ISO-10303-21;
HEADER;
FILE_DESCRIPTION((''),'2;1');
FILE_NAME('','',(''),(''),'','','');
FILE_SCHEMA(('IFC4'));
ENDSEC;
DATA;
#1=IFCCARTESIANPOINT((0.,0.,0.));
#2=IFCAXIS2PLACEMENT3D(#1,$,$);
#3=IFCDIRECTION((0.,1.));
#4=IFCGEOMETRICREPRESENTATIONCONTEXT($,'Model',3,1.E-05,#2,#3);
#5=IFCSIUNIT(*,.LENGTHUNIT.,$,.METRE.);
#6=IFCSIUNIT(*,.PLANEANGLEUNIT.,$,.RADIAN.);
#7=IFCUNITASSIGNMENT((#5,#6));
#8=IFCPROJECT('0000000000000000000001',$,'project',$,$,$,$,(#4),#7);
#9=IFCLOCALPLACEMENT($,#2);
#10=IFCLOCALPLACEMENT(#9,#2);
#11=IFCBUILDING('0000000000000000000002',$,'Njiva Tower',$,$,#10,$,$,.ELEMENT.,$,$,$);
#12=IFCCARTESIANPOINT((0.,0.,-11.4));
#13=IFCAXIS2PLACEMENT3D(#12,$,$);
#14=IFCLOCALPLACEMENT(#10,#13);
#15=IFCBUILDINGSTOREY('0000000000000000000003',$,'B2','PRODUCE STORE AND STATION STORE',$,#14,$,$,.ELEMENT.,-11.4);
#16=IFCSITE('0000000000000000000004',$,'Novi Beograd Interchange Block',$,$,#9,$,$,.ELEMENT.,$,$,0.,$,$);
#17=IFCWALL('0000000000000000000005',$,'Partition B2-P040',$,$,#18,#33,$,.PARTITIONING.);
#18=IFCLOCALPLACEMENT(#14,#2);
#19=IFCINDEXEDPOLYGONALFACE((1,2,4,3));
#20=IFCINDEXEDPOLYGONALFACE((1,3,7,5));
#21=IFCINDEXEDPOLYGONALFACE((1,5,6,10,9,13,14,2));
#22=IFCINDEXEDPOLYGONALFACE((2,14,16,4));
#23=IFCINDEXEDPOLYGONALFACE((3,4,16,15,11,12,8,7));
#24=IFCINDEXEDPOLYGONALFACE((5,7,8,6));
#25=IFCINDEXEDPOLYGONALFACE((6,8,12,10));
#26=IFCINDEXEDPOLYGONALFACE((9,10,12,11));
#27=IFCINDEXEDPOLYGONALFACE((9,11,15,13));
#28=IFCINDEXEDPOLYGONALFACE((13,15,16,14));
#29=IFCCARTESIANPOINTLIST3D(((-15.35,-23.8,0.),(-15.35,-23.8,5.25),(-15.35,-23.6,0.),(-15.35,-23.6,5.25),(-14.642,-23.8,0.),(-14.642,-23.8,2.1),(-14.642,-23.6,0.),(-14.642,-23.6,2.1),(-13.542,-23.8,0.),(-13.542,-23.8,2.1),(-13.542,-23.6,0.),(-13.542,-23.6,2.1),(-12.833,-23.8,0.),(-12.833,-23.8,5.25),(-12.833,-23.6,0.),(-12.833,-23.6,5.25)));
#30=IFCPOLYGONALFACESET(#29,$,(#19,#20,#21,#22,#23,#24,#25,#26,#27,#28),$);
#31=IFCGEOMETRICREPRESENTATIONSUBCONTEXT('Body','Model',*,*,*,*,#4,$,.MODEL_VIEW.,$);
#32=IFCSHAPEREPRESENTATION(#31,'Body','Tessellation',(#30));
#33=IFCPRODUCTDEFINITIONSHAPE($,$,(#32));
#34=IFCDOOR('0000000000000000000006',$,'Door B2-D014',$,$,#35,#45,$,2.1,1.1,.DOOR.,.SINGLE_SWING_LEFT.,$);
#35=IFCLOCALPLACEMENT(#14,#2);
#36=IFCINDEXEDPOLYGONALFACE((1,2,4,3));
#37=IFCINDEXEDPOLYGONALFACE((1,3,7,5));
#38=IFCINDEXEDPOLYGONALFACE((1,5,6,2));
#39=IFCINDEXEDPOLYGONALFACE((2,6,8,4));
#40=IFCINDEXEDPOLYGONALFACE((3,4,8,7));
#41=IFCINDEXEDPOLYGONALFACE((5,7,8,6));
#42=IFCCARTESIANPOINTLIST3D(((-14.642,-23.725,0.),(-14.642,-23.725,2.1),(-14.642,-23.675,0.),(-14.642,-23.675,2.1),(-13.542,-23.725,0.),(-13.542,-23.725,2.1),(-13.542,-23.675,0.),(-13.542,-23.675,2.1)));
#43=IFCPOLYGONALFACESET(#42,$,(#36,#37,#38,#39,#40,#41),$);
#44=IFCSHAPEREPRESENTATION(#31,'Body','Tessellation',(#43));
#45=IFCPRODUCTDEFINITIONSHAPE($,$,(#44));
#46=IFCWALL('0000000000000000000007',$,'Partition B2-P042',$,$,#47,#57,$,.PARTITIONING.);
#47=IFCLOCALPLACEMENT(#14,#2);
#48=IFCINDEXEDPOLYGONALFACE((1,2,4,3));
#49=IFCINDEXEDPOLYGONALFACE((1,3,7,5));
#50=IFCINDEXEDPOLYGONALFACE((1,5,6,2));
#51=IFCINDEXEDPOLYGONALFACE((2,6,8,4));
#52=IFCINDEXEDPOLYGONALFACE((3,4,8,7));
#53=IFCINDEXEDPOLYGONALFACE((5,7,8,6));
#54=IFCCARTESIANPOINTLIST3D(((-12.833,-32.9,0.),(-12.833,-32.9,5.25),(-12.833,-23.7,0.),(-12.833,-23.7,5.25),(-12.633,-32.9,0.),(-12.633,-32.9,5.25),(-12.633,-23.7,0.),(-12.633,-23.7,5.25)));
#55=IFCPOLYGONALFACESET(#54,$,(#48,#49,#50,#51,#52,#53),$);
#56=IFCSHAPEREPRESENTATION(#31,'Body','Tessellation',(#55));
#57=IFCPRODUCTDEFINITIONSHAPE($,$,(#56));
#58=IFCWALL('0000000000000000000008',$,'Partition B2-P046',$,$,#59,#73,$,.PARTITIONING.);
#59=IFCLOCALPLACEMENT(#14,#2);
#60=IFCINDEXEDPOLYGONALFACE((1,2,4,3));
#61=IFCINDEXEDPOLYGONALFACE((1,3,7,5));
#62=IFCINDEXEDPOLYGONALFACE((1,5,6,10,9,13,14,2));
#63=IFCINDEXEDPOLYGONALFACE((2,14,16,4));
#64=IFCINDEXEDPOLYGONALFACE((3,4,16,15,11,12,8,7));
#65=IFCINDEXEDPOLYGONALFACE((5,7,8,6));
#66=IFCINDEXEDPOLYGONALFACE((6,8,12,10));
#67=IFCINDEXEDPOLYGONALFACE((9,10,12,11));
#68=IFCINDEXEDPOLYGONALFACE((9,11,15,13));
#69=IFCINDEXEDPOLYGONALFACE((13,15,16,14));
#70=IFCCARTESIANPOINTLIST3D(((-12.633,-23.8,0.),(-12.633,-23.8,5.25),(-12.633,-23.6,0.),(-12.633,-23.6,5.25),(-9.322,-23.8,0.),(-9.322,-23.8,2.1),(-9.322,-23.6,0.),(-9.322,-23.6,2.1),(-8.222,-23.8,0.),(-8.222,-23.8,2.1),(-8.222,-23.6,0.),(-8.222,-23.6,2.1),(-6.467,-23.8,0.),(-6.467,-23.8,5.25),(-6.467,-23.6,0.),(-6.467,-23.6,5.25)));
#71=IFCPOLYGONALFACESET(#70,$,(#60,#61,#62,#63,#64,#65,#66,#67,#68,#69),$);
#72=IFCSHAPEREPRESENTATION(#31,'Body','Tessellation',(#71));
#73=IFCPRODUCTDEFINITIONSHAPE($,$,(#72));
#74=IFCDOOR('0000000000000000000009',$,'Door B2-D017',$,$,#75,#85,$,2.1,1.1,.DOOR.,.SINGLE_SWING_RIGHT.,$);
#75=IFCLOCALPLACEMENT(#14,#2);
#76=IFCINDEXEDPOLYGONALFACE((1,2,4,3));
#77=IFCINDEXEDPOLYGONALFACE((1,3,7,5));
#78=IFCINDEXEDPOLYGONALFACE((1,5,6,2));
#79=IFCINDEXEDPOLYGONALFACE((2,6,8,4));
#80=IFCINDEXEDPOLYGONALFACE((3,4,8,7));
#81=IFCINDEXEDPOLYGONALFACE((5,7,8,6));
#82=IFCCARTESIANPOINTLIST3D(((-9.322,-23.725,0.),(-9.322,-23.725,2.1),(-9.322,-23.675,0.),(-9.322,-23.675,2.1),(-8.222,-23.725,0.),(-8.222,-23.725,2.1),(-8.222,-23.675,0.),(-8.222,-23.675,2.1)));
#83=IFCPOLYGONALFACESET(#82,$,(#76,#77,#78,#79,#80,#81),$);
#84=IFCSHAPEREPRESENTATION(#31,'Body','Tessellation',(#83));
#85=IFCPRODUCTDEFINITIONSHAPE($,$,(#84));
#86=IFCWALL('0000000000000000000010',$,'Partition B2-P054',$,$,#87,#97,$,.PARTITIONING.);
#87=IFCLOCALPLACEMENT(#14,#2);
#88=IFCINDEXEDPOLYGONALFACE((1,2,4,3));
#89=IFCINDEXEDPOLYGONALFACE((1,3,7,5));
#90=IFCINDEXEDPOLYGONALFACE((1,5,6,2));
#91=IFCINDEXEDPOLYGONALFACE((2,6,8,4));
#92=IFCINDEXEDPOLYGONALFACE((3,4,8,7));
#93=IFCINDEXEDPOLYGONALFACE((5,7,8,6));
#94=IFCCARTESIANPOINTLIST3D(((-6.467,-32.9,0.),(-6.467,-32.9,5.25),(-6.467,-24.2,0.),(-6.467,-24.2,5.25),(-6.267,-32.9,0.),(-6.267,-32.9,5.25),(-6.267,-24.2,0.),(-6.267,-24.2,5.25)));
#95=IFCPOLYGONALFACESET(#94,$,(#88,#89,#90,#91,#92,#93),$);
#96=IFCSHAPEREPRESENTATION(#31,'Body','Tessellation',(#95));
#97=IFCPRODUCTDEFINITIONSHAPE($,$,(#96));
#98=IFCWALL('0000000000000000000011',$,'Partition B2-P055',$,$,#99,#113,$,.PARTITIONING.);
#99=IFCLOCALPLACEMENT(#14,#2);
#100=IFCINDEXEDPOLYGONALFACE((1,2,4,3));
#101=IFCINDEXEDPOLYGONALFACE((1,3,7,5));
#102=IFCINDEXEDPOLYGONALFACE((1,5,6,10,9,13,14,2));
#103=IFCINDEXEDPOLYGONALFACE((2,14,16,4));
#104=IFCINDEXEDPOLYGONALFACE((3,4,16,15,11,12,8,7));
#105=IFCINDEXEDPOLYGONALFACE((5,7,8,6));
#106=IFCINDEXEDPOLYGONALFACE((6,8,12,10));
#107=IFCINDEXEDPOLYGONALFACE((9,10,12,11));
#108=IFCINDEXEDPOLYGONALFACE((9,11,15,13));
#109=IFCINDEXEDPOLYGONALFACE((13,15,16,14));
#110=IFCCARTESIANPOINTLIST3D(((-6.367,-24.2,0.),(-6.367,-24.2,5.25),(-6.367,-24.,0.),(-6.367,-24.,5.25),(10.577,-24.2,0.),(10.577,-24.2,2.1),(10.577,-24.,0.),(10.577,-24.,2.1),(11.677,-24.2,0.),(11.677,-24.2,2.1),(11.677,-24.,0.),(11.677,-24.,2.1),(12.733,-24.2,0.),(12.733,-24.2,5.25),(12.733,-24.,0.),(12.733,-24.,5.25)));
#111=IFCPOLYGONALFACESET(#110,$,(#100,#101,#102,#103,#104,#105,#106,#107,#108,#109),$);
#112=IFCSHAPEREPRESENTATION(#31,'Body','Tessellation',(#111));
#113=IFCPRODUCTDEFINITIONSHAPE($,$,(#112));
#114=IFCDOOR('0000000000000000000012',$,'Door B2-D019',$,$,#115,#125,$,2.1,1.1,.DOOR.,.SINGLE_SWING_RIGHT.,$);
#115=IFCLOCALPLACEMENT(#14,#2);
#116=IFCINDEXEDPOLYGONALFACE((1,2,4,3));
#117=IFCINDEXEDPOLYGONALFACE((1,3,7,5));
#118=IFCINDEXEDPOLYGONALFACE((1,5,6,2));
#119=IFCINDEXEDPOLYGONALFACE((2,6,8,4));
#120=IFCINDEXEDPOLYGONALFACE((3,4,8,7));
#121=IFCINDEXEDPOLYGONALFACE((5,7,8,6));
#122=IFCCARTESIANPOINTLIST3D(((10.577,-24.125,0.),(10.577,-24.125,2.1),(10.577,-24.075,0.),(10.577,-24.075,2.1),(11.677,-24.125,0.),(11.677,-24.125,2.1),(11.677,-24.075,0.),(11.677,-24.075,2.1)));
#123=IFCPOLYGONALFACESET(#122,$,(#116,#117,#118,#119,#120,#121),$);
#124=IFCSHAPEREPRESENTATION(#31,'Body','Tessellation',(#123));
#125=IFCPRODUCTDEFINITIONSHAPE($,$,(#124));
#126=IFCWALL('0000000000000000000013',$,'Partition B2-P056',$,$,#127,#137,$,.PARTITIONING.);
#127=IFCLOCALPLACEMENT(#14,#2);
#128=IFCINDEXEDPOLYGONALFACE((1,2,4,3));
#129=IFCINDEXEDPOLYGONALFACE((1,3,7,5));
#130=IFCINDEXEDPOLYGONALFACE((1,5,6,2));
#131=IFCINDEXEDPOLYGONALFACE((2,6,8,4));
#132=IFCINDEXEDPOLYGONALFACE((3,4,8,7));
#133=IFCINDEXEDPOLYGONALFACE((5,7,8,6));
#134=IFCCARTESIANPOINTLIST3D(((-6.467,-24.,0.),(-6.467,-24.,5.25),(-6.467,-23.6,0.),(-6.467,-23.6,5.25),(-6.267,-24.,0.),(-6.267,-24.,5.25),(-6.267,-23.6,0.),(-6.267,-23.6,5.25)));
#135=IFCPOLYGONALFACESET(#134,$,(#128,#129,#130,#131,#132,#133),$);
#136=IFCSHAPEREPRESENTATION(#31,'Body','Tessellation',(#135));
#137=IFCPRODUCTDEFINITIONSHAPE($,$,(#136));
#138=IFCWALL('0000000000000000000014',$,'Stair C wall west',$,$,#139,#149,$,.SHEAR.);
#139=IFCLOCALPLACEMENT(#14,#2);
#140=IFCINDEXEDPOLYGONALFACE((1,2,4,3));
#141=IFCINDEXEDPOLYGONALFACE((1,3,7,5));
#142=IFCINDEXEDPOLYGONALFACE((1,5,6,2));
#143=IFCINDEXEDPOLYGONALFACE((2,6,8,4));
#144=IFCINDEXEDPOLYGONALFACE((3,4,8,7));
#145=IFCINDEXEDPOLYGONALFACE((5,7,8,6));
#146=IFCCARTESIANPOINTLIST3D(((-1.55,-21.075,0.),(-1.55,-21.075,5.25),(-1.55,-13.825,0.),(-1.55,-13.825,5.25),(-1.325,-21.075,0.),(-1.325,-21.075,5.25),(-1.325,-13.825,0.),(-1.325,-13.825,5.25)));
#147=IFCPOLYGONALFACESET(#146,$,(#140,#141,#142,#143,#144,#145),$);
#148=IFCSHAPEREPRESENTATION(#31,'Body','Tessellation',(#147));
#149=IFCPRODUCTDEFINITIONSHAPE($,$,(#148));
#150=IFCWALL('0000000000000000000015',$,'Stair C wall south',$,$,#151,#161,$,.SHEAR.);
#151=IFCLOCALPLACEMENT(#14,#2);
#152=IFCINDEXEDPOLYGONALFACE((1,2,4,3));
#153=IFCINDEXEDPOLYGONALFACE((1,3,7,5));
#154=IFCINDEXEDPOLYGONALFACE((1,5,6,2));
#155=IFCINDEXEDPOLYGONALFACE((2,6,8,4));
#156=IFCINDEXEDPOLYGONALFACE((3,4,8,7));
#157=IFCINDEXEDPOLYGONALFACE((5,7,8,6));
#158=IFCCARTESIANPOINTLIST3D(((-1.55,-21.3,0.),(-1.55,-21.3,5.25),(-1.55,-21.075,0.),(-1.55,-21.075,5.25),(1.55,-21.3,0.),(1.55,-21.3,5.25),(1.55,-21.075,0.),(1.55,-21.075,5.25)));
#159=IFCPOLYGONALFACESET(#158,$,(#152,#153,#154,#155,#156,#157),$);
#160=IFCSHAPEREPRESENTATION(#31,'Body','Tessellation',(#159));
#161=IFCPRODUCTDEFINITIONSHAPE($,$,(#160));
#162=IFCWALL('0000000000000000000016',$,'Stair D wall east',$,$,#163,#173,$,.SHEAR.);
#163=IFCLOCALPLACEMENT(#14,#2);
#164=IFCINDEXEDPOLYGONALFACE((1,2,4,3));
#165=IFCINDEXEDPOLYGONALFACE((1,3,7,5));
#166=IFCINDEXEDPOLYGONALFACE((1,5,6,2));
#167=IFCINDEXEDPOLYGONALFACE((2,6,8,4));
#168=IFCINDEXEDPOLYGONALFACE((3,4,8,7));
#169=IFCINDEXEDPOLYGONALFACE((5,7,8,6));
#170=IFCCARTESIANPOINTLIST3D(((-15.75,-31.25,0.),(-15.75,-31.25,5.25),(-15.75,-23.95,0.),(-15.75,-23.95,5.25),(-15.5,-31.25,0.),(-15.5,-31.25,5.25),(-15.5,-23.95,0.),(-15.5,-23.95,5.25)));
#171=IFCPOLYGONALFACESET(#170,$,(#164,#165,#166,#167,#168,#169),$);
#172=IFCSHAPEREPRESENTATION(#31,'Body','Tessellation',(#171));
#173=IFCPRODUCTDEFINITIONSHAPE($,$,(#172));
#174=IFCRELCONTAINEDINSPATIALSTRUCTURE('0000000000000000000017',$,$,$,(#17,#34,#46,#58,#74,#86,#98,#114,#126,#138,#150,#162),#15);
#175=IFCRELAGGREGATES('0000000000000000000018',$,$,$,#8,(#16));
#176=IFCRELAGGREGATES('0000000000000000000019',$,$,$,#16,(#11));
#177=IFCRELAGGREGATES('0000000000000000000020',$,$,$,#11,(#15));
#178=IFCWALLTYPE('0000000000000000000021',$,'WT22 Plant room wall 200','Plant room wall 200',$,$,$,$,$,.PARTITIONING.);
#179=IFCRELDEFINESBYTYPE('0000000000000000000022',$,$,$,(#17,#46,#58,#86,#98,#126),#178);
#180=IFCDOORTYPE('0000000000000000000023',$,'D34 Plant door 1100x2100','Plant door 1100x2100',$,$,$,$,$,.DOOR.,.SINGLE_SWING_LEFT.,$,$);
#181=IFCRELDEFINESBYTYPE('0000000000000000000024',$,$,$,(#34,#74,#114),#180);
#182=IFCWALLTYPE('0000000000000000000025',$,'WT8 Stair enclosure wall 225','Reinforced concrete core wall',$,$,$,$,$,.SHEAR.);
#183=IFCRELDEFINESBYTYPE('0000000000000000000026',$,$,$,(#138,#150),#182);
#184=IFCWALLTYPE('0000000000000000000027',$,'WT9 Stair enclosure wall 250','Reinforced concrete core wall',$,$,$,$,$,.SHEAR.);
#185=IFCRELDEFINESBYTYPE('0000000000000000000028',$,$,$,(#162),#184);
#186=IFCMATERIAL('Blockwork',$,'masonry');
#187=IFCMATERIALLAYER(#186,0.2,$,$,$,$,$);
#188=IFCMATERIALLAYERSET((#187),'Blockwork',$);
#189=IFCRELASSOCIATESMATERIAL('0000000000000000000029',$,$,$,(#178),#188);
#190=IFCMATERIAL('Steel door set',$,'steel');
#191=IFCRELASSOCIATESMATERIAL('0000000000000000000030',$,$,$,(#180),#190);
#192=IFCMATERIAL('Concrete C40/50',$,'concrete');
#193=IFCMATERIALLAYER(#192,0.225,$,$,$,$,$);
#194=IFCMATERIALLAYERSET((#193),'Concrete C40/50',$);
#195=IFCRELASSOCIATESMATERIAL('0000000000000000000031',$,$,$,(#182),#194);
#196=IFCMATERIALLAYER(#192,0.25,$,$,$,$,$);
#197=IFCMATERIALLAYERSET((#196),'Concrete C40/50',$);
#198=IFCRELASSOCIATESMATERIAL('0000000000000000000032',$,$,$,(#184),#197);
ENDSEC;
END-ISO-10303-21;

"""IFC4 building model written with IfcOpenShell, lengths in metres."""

from ifc_helpers import new_model, si_unit, direction, frame, frame_2d, origin, place, context, subcontext, project, spatial, rectangle, extrude, material, layer, layer_set, type_object, element, fill, save


model = new_model("IFC4")

# Units and contexts
model_context = context("Model", 3, precision=1e-05, world=origin(), true_north=direction((0.0, 1.0)))
body_context = subcontext(model_context, "Body", "Model", "MODEL_VIEW")
ifc_project = project(units=[si_unit("LENGTHUNIT", "METRE"), si_unit("PLANEANGLEUNIT", "RADIAN")], contexts=[model_context])

# Site, building, storey
site_placement = place(None, origin())
site = spatial("IfcSite", under=ifc_project, at=site_placement, Name="Novi Beograd Interchange Block", CompositionType="ELEMENT", RefElevation=0.0)
building_placement = place(site_placement, origin())
building = spatial("IfcBuilding", under=site, at=building_placement, Name="Njiva Tower", CompositionType="ELEMENT")
storey_placement = place(building_placement, frame((0.0, 0.0, -11.4)))
storey = spatial("IfcBuildingStorey", under=building, at=storey_placement, Name="B2", Description="PRODUCE STORE AND STATION STORE", CompositionType="ELEMENT", Elevation=-11.4)

# Wall, opening, door
ifc_material_1 = material(Name="Blockwork", Category="masonry")
ifc_layer_1 = layer(ifc_material_1, 0.2)
ifc_layer_set_1 = layer_set([ifc_layer_1], Name="Blockwork")
wall_type_1 = type_object("IfcWallType", Name="WT22 Plant room wall 200", Description="Plant room wall 200", PredefinedType="PARTITIONING", material=ifc_layer_set_1)
wall_1_placement = place(storey_placement, frame((-15.35, -23.7, 0.0), z_axis=(0.0, 0.0, 1.0), x_axis=(1.0, 0.0, 0.0)))
wall_1 = element("IfcWall", 1, at=wall_1_placement, inside=storey, type_object=wall_type_1, Name="Partition B2-P040", PredefinedType="PARTITIONING", context=body_context, shape_type="SweptSolid", body=[
    extrude(rectangle(XDim=2.517, YDim=0.2, at=frame_2d((1.2585, 0.0))), origin(), (0.0, 0.0, 1.0), 5.25),
])
opening_1_placement = place(wall_1_placement, frame((0.708, 0.0, 0.0)))
opening_1 = element("IfcOpeningElement", 2, at=opening_1_placement, cuts=wall_1, PredefinedType="OPENING", context=body_context, shape_type="SweptSolid", body=[
    extrude(rectangle(XDim=1.1, YDim=2.1, at=frame_2d((0.55, 1.05))), frame((0.0, 0.11, 0.0), z_axis=(0.0, -1.0, 0.0), x_axis=(1.0, 0.0, 0.0)), (0.0, 0.0, 1.0), 0.22),
])
ifc_material_2 = material(Name="Steel door set", Category="steel")
door_type_1 = type_object("IfcDoorType", Name="D34 Plant door 1100x2100", Description="Plant door 1100x2100", OperationType="SINGLE_SWING_LEFT", PredefinedType="DOOR", material=ifc_material_2)
door_1_placement = place(opening_1_placement, origin())
door_1 = element("IfcDoor", 3, at=door_1_placement, inside=storey, type_object=door_type_1, Name="Door B2-D014", OperationType="SINGLE_SWING_LEFT", OverallHeight=2.1, OverallWidth=1.1, PredefinedType="DOOR", context=body_context, shape_type="SweptSolid", body=[
    extrude(rectangle(XDim=1.1, YDim=2.1, at=frame_2d((0.55, 1.05))), frame((0.0, 0.025, 0.0), z_axis=(0.0, -1.0, 0.0), x_axis=(1.0, 0.0, 0.0)), (0.0, 0.0, 1.0), 0.05),
])
fill(opening_1, door_1)

# Wall
wall_2_placement = place(storey_placement, frame((-12.733, -32.9, 0.0), z_axis=(0.0, 0.0, 1.0), x_axis=(0.0, 1.0, 0.0)))
element("IfcWall", 4, at=wall_2_placement, inside=storey, type_object=wall_type_1, Name="Partition B2-P042", PredefinedType="PARTITIONING", context=body_context, shape_type="SweptSolid", body=[
    extrude(rectangle(XDim=9.2, YDim=0.2, at=frame_2d((4.6, 0.0))), origin(), (0.0, 0.0, 1.0), 5.25),
])

# Wall, opening, door
wall_3_placement = place(storey_placement, frame((-12.633, -23.7, 0.0), z_axis=(0.0, 0.0, 1.0), x_axis=(1.0, 0.0, 0.0)))
wall_3 = element("IfcWall", 5, at=wall_3_placement, inside=storey, type_object=wall_type_1, Name="Partition B2-P046", PredefinedType="PARTITIONING", context=body_context, shape_type="SweptSolid", body=[
    extrude(rectangle(XDim=6.166, YDim=0.2, at=frame_2d((3.083, 0.0))), origin(), (0.0, 0.0, 1.0), 5.25),
])
opening_2_placement = place(wall_3_placement, frame((3.311, 0.0, 0.0)))
opening_2 = element("IfcOpeningElement", 6, at=opening_2_placement, cuts=wall_3, PredefinedType="OPENING", context=body_context, shape_type="SweptSolid", body=[
    extrude(rectangle(XDim=1.1, YDim=2.1, at=frame_2d((0.55, 1.05))), frame((0.0, 0.11, 0.0), z_axis=(0.0, -1.0, 0.0), x_axis=(1.0, 0.0, 0.0)), (0.0, 0.0, 1.0), 0.22),
])
door_2_placement = place(opening_2_placement, origin())
door_2 = element("IfcDoor", 7, at=door_2_placement, inside=storey, type_object=door_type_1, Name="Door B2-D017", OperationType="SINGLE_SWING_RIGHT", OverallHeight=2.1, OverallWidth=1.1, PredefinedType="DOOR", context=body_context, shape_type="SweptSolid", body=[
    extrude(rectangle(XDim=1.1, YDim=2.1, at=frame_2d((0.55, 1.05))), frame((0.0, 0.025, 0.0), z_axis=(0.0, -1.0, 0.0), x_axis=(1.0, 0.0, 0.0)), (0.0, 0.0, 1.0), 0.05),
])
fill(opening_2, door_2)

# Wall
wall_4_placement = place(storey_placement, frame((-6.367, -32.9, 0.0), z_axis=(0.0, 0.0, 1.0), x_axis=(0.0, 1.0, 0.0)))
element("IfcWall", 8, at=wall_4_placement, inside=storey, type_object=wall_type_1, Name="Partition B2-P054", PredefinedType="PARTITIONING", context=body_context, shape_type="SweptSolid", body=[
    extrude(rectangle(XDim=8.7, YDim=0.2, at=frame_2d((4.35, 0.0))), origin(), (0.0, 0.0, 1.0), 5.25),
])

# Wall, opening, door
wall_5_placement = place(storey_placement, frame((-6.367, -24.1, 0.0), z_axis=(0.0, 0.0, 1.0), x_axis=(1.0, 0.0, 0.0)))
wall_5 = element("IfcWall", 9, at=wall_5_placement, inside=storey, type_object=wall_type_1, Name="Partition B2-P055", PredefinedType="PARTITIONING", context=body_context, shape_type="SweptSolid", body=[
    extrude(rectangle(XDim=19.1, YDim=0.2, at=frame_2d((9.55, 0.0))), origin(), (0.0, 0.0, 1.0), 5.25),
])
opening_3_placement = place(wall_5_placement, frame((16.944, 0.0, 0.0)))
opening_3 = element("IfcOpeningElement", 10, at=opening_3_placement, cuts=wall_5, PredefinedType="OPENING", context=body_context, shape_type="SweptSolid", body=[
    extrude(rectangle(XDim=1.1, YDim=2.1, at=frame_2d((0.55, 1.05))), frame((0.0, 0.11, 0.0), z_axis=(0.0, -1.0, 0.0), x_axis=(1.0, 0.0, 0.0)), (0.0, 0.0, 1.0), 0.22),
])
door_3_placement = place(opening_3_placement, origin())
door_3 = element("IfcDoor", 11, at=door_3_placement, inside=storey, type_object=door_type_1, Name="Door B2-D019", OperationType="SINGLE_SWING_RIGHT", OverallHeight=2.1, OverallWidth=1.1, PredefinedType="DOOR", context=body_context, shape_type="SweptSolid", body=[
    extrude(rectangle(XDim=1.1, YDim=2.1, at=frame_2d((0.55, 1.05))), frame((0.0, 0.025, 0.0), z_axis=(0.0, -1.0, 0.0), x_axis=(1.0, 0.0, 0.0)), (0.0, 0.0, 1.0), 0.05),
])
fill(opening_3, door_3)

# Walls
wall_6_placement = place(storey_placement, frame((-6.367, -24.0, 0.0), z_axis=(0.0, 0.0, 1.0), x_axis=(0.0, 1.0, 0.0)))
element("IfcWall", 12, at=wall_6_placement, inside=storey, type_object=wall_type_1, Name="Partition B2-P056", PredefinedType="PARTITIONING", context=body_context, shape_type="SweptSolid", body=[
    extrude(rectangle(XDim=0.4, YDim=0.2, at=frame_2d((0.2, 0.0))), origin(), (0.0, 0.0, 1.0), 5.25),
])
ifc_material_3 = material(Name="Concrete C40/50", Category="concrete")
ifc_layer_2 = layer(ifc_material_3, 0.225)
ifc_layer_set_2 = layer_set([ifc_layer_2], Name="Concrete C40/50")
wall_type_2 = type_object("IfcWallType", Name="WT8 Stair enclosure wall 225", Description="Reinforced concrete core wall", PredefinedType="SHEAR", material=ifc_layer_set_2)
wall_7_placement = place(storey_placement, frame((-1.4375, -21.075, 0.0), z_axis=(0.0, 0.0, 1.0), x_axis=(0.0, 1.0, 0.0)))
element("IfcWall", 13, at=wall_7_placement, inside=storey, type_object=wall_type_2, Name="Stair C wall west", PredefinedType="SHEAR", context=body_context, shape_type="SweptSolid", body=[
    extrude(rectangle(XDim=7.25, YDim=0.225, at=frame_2d((3.625, 0.0))), origin(), (0.0, 0.0, 1.0), 5.25),
])
wall_8_placement = place(storey_placement, frame((-1.55, -21.1875, 0.0), z_axis=(0.0, 0.0, 1.0), x_axis=(1.0, 0.0, 0.0)))
element("IfcWall", 14, at=wall_8_placement, inside=storey, type_object=wall_type_2, Name="Stair C wall south", PredefinedType="SHEAR", context=body_context, shape_type="SweptSolid", body=[
    extrude(rectangle(XDim=3.1, YDim=0.225, at=frame_2d((1.55, 0.0))), origin(), (0.0, 0.0, 1.0), 5.25),
])
ifc_layer_3 = layer(ifc_material_3, 0.25)
ifc_layer_set_3 = layer_set([ifc_layer_3], Name="Concrete C40/50")
wall_type_3 = type_object("IfcWallType", Name="WT9 Stair enclosure wall 250", Description="Reinforced concrete core wall", PredefinedType="SHEAR", material=ifc_layer_set_3)
wall_9_placement = place(storey_placement, frame((-15.625, -31.25, 0.0), z_axis=(0.0, 0.0, 1.0), x_axis=(0.0, 1.0, 0.0)))
element("IfcWall", 15, at=wall_9_placement, inside=storey, type_object=wall_type_3, Name="Stair D wall east", PredefinedType="SHEAR", context=body_context, shape_type="SweptSolid", body=[
    extrude(rectangle(XDim=7.3, YDim=0.25, at=frame_2d((3.65, 0.0))), origin(), (0.0, 0.0, 1.0), 5.25),
])

save(model, "model.ifc")
